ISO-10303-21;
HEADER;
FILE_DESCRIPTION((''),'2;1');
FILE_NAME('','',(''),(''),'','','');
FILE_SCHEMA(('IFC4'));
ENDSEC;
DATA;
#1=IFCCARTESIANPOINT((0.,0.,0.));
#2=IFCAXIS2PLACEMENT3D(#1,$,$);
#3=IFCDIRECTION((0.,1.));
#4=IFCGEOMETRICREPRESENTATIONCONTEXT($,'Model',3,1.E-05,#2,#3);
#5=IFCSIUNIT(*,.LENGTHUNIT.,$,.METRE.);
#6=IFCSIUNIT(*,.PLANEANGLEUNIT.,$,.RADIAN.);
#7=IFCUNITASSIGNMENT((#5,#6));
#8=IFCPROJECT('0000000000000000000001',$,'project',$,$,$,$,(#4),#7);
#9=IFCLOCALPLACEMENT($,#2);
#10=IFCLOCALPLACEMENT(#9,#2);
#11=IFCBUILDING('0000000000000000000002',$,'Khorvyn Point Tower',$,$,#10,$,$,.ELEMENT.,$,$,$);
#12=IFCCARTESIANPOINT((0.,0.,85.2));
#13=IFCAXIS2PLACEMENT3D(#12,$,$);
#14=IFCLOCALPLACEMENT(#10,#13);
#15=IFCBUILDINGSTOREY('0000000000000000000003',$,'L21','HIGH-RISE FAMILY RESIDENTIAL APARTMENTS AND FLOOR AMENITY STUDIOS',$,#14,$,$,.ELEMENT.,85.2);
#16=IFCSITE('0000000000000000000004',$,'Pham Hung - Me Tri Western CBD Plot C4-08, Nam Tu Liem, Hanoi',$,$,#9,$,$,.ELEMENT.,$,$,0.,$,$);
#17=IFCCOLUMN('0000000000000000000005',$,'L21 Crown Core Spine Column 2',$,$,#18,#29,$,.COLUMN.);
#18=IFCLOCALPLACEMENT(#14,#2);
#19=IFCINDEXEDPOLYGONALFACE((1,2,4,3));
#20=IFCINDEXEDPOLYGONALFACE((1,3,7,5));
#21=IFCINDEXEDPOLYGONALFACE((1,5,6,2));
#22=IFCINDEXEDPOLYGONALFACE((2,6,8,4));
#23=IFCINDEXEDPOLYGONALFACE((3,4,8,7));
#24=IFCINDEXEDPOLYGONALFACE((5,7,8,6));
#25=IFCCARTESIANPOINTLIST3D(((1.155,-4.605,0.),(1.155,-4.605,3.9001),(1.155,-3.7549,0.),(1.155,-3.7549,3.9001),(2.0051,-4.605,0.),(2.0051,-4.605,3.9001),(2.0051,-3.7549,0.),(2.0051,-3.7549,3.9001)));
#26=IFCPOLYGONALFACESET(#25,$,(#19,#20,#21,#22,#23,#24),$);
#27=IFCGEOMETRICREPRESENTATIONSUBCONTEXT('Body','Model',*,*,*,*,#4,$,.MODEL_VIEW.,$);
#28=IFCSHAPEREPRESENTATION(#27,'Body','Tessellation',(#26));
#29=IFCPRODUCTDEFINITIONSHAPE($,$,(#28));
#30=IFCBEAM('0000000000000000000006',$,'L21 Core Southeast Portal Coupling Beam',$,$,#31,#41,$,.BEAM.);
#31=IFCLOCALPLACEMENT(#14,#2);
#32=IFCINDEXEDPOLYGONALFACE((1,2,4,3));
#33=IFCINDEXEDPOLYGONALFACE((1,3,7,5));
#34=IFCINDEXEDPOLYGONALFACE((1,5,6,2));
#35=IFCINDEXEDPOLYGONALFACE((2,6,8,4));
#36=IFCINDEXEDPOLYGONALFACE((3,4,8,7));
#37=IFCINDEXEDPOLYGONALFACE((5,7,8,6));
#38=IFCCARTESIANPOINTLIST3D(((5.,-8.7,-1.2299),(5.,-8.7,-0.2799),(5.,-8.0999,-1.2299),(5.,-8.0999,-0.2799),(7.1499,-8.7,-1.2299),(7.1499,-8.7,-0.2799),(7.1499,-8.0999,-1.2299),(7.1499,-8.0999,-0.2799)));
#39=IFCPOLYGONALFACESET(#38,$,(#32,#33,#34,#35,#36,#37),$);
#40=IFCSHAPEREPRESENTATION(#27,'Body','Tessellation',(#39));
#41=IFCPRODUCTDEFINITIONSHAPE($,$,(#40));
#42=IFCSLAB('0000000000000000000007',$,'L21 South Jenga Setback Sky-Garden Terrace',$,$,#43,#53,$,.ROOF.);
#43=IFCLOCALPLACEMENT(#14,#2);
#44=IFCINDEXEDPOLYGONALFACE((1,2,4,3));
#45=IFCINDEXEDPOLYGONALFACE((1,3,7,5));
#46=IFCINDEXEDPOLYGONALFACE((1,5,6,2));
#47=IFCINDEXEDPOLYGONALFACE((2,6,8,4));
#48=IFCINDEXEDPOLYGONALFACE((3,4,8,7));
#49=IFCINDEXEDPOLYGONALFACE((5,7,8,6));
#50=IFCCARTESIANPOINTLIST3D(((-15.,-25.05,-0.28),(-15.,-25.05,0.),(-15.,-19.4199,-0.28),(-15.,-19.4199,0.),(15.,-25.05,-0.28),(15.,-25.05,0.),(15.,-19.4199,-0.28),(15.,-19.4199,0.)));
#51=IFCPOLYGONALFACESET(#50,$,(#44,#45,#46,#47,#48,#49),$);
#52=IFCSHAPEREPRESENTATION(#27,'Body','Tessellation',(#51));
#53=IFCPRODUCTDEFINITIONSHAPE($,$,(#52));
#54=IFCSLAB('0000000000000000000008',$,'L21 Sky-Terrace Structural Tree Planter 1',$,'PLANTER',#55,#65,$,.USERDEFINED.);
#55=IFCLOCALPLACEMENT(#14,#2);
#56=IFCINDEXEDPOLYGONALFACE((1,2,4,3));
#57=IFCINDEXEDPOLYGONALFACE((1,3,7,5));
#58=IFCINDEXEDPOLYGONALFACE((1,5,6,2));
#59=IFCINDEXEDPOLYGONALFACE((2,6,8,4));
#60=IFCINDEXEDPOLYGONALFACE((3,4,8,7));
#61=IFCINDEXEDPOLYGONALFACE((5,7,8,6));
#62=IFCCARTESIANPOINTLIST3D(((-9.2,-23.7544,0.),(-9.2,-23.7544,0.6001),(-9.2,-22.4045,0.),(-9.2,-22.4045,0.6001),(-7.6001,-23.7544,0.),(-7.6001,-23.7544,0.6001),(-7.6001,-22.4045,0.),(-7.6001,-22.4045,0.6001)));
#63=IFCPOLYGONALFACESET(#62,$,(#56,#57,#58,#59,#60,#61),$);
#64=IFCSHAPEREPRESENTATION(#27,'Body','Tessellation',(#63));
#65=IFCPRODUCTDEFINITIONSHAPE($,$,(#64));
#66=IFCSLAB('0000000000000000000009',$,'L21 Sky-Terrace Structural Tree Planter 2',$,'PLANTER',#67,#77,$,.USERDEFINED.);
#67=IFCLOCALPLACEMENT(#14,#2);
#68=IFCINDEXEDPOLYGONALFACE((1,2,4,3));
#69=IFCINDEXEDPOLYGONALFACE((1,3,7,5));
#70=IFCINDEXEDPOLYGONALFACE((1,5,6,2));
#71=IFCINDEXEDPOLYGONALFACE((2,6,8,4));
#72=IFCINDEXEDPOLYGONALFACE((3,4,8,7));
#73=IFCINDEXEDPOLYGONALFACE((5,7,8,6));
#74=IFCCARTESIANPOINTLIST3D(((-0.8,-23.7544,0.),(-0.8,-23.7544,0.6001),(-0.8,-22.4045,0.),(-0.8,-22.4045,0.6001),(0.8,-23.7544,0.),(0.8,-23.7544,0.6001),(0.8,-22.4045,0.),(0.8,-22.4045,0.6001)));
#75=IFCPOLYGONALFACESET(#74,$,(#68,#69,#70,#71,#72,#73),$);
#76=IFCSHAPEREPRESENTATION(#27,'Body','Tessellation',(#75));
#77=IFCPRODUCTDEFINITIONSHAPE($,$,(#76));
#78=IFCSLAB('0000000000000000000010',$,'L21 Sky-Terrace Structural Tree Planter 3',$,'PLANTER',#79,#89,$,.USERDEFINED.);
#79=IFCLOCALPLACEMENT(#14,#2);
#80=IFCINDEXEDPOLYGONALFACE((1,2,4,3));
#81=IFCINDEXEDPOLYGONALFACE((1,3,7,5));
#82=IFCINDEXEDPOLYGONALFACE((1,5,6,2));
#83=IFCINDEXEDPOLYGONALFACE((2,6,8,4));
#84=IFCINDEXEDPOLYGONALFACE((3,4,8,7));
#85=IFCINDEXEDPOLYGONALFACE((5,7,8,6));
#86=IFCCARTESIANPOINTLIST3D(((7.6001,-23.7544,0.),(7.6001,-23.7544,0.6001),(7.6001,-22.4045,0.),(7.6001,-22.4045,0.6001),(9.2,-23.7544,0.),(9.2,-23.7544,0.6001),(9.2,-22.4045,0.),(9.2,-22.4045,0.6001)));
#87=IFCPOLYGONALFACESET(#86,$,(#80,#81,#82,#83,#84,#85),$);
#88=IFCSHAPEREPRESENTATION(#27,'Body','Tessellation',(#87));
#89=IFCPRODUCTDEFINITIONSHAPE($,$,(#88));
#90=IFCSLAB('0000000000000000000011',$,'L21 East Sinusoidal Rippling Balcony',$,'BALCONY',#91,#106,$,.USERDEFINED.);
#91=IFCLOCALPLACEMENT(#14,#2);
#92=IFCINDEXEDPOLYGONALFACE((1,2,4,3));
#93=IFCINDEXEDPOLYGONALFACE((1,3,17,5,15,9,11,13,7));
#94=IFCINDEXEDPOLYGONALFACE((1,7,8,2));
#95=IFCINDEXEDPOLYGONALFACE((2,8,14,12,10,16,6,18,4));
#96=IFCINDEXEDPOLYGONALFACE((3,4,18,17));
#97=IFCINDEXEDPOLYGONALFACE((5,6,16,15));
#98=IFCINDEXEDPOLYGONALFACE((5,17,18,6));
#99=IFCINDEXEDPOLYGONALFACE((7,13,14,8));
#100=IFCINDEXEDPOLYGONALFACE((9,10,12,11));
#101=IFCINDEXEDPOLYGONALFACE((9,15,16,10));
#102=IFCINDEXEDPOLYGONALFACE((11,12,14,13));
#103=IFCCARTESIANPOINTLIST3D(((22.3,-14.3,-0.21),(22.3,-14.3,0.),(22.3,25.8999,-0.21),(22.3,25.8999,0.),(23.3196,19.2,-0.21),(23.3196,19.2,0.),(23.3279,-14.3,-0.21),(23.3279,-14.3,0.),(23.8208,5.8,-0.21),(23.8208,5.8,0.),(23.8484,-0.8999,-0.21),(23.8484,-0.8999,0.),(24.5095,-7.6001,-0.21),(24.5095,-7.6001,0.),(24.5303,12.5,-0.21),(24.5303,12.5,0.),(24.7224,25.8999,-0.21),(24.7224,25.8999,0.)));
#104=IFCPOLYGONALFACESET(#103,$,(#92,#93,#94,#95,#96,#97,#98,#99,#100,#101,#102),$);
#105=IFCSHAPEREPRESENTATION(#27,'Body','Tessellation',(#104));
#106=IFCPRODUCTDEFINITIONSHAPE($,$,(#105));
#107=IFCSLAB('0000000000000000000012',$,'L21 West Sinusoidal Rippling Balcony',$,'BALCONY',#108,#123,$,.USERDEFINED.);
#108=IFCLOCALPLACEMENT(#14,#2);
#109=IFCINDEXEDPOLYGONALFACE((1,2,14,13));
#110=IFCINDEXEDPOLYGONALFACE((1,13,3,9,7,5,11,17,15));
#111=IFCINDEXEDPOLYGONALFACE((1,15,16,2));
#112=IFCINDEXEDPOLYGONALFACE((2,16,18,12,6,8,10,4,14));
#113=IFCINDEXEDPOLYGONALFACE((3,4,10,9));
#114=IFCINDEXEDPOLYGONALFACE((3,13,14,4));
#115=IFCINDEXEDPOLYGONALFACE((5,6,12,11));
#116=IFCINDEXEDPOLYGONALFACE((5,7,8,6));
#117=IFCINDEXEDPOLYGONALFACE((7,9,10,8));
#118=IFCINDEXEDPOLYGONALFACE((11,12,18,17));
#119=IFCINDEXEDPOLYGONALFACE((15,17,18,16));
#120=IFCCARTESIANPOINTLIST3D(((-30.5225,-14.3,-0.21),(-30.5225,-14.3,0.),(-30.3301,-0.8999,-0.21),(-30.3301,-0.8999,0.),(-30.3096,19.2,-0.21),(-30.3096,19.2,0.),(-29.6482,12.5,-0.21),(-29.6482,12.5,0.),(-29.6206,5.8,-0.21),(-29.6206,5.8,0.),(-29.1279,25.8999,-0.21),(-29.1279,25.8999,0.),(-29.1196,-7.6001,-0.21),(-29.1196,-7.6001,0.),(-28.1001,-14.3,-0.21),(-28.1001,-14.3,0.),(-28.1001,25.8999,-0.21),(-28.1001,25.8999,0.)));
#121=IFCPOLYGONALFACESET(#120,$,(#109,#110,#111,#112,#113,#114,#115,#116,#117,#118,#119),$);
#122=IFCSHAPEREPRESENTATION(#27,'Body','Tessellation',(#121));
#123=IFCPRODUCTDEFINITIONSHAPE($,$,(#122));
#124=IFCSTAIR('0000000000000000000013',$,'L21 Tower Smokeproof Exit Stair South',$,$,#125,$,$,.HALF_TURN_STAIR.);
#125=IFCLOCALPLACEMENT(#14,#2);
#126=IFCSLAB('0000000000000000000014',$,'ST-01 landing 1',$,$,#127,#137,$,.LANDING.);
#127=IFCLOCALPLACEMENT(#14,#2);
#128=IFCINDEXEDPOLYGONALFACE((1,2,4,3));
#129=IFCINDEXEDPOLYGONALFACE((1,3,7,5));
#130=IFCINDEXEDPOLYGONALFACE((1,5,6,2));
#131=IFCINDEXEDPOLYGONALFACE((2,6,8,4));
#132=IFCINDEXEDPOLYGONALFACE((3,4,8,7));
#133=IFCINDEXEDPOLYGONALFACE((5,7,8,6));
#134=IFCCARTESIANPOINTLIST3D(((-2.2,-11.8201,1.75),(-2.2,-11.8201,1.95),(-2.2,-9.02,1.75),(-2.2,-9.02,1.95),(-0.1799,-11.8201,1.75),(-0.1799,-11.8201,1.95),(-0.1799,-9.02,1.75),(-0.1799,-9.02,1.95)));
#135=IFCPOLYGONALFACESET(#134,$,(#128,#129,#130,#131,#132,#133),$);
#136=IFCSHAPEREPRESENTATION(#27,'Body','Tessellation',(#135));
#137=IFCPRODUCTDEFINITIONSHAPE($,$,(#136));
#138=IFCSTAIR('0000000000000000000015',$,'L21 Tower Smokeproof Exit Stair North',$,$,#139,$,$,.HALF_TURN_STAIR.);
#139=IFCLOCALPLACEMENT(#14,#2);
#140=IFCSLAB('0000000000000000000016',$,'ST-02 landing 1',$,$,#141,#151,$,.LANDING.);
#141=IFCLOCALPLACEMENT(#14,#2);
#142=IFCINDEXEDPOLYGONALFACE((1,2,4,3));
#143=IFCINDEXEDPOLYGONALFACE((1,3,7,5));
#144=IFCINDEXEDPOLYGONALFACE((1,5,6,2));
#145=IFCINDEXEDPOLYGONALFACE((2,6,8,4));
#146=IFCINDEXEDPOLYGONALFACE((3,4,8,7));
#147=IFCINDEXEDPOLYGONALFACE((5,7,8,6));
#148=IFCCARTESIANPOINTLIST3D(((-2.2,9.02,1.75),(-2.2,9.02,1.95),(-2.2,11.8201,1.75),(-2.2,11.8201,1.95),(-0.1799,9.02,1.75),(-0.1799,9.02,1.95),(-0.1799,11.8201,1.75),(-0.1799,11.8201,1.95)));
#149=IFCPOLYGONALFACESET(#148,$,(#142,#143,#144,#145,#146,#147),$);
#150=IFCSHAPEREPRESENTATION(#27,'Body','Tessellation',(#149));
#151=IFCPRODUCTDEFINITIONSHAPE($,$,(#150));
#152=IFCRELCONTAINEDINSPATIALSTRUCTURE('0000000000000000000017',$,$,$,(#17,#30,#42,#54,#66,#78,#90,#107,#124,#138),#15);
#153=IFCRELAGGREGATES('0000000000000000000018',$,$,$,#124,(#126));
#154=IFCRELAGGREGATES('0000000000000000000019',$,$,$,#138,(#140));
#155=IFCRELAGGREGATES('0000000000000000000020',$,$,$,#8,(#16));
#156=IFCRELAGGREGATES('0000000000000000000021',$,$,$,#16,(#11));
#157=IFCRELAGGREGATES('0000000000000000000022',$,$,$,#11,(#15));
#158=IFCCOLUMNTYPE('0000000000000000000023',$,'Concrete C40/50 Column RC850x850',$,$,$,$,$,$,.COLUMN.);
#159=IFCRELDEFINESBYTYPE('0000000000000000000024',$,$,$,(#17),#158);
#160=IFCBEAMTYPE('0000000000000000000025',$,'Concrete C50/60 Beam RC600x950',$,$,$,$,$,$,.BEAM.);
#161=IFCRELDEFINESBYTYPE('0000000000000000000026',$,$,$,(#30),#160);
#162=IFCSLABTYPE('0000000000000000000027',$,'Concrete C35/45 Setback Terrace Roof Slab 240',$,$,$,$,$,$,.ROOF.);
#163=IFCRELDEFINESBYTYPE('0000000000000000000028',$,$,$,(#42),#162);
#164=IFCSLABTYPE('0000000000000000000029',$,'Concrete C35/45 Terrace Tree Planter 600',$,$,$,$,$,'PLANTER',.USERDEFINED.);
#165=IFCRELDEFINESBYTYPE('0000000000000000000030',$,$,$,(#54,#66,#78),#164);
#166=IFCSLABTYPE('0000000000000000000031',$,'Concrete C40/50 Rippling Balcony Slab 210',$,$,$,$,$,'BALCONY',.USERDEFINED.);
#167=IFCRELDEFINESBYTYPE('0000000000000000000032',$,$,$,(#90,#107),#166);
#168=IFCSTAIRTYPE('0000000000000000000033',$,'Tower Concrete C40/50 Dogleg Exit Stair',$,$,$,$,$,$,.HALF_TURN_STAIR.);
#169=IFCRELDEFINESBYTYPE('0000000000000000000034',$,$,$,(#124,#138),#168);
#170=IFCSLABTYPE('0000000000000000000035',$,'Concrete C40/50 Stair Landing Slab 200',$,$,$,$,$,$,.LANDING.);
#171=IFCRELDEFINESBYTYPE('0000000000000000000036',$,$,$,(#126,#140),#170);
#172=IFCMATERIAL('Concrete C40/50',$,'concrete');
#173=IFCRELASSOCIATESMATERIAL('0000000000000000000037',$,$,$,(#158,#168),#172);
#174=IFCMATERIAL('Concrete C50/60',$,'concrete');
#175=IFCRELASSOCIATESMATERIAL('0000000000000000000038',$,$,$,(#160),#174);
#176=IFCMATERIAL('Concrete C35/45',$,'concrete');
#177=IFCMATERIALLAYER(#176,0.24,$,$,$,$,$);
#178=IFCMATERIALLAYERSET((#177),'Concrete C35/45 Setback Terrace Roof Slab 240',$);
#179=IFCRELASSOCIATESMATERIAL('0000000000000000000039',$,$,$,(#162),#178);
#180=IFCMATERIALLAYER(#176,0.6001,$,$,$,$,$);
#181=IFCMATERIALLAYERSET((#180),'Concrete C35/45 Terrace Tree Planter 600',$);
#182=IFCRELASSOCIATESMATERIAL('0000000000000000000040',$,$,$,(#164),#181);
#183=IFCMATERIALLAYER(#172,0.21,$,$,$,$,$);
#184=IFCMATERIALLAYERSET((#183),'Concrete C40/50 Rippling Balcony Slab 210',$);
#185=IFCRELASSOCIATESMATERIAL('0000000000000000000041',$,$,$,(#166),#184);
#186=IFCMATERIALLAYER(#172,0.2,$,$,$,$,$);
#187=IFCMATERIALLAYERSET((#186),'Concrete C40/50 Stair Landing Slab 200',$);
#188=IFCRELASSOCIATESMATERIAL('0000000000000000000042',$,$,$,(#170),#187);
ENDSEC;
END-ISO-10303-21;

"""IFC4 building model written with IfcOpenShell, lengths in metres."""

from ifc_helpers import new_model, si_unit, direction, frame, origin, origin_2d, place, context, subcontext, project, spatial, polyline, rectangle, outline, extrude, material, layer, layer_set, material_profile, profile_set, type_object, element, aggregate, save


model = new_model("IFC4")

# Units and contexts
model_context = context("Model", 3, precision=1e-05, world=origin(), true_north=direction((0.0, 1.0)))
body_context = subcontext(model_context, "Body", "Model", "MODEL_VIEW")
ifc_project = project(units=[si_unit("LENGTHUNIT", "METRE"), si_unit("PLANEANGLEUNIT", "RADIAN")], contexts=[model_context])

# Site, building, storey
site_placement = place(None, origin())
site = spatial("IfcSite", under=ifc_project, at=site_placement, Name="Pham Hung - Me Tri Western CBD Plot C4-08, Nam Tu Liem, Hanoi", CompositionType="ELEMENT", RefElevation=0.0)
building_placement = place(site_placement, origin())
building = spatial("IfcBuilding", under=site, at=building_placement, Name="Khorvyn Point Tower", CompositionType="ELEMENT")
storey_placement = place(building_placement, frame((0.0, 0.0, 85.2)))
storey = spatial("IfcBuildingStorey", under=building, at=storey_placement, Name="L21", Description="HIGH-RISE FAMILY RESIDENTIAL APARTMENTS AND FLOOR AMENITY STUDIOS", CompositionType="ELEMENT", Elevation=85.2)

# Column
ifc_material_1 = material(Name="Concrete C40/50", Category="concrete")
ifc_material_profile_1 = material_profile(ifc_material_1, rectangle(XDim=0.8501, YDim=0.8501, at=origin_2d()))
ifc_profile_set_1 = profile_set([ifc_material_profile_1], Name="Concrete C40/50 RC850x850")
column_type = type_object("IfcColumnType", Name="Concrete C40/50 Column RC850x850", PredefinedType="COLUMN", material=ifc_profile_set_1)
column_placement = place(storey_placement, frame((1.5801, -4.1799, 0.0), z_axis=(0.0, 0.0, 1.0), x_axis=(1.0, 0.0, 0.0)))
element("IfcColumn", 1, at=column_placement, inside=storey, type_object=column_type, Name="L21 Crown Core Spine Column 2", PredefinedType="COLUMN", context=body_context, shape_type="SweptSolid", body=[
    extrude(rectangle(XDim=0.8501, YDim=0.8501, at=origin_2d()), origin(), (0.0, 0.0, 1.0), 3.9001),
])

# Beam
ifc_material_2 = material(Name="Concrete C50/60", Category="concrete")
ifc_material_profile_2 = material_profile(ifc_material_2, rectangle(XDim=0.6001, YDim=0.95, at=origin_2d()))
ifc_profile_set_2 = profile_set([ifc_material_profile_2], Name="Concrete C50/60 RC600x950")
beam_type = type_object("IfcBeamType", Name="Concrete C50/60 Beam RC600x950", PredefinedType="BEAM", material=ifc_profile_set_2)
beam_placement = place(storey_placement, frame((5.0, -8.3999, -0.7549), z_axis=(1.0, 0.0, 0.0), x_axis=(0.0, 1.0, 0.0)))
element("IfcBeam", 2, at=beam_placement, inside=storey, type_object=beam_type, Name="L21 Core Southeast Portal Coupling Beam", PredefinedType="BEAM", context=body_context, shape_type="SweptSolid", body=[
    extrude(rectangle(XDim=0.6001, YDim=0.95, at=origin_2d()), origin(), (0.0, 0.0, 1.0), 2.1499),
])

# Slabs
ifc_material_3 = material(Name="Concrete C35/45", Category="concrete")
ifc_layer_1 = layer(ifc_material_3, 0.24)
ifc_layer_set_1 = layer_set([ifc_layer_1], Name="Concrete C35/45 Setback Terrace Roof Slab 240")
slab_type_1 = type_object("IfcSlabType", Name="Concrete C35/45 Setback Terrace Roof Slab 240", PredefinedType="ROOF", material=ifc_layer_set_1)
slab_1_placement = place(storey_placement, frame((0.0, 0.0, -0.28)))
element("IfcSlab", 3, at=slab_1_placement, inside=storey, type_object=slab_type_1, Name="L21 South Jenga Setback Sky-Garden Terrace", PredefinedType="ROOF", context=body_context, shape_type="SweptSolid", body=[
    extrude(outline(polyline([(-15.0, -25.05), (15.0, -25.05), (15.0, -19.4199), (-15.0, -19.4199), (-15.0, -25.05)])), origin(), (0.0, 0.0, 1.0), 0.28),
])
ifc_layer_2 = layer(ifc_material_3, 0.6001)
ifc_layer_set_2 = layer_set([ifc_layer_2], Name="Concrete C35/45 Terrace Tree Planter 600")
slab_type_2 = type_object("IfcSlabType", Name="Concrete C35/45 Terrace Tree Planter 600", ElementType="PLANTER", PredefinedType="USERDEFINED", material=ifc_layer_set_2)
slab_2_placement = place(storey_placement, origin())
element("IfcSlab", 4, at=slab_2_placement, inside=storey, type_object=slab_type_2, Name="L21 Sky-Terrace Structural Tree Planter 1", ObjectType="PLANTER", PredefinedType="USERDEFINED", context=body_context, shape_type="SweptSolid", body=[
    extrude(outline(polyline([(-9.2, -23.7544), (-7.6001, -23.7544), (-7.6001, -22.4045), (-9.2, -22.4045), (-9.2, -23.7544)])), origin(), (0.0, 0.0, 1.0), 0.6001),
])
slab_3_placement = place(storey_placement, origin())
element("IfcSlab", 5, at=slab_3_placement, inside=storey, type_object=slab_type_2, Name="L21 Sky-Terrace Structural Tree Planter 2", ObjectType="PLANTER", PredefinedType="USERDEFINED", context=body_context, shape_type="SweptSolid", body=[
    extrude(outline(polyline([(-0.8, -23.7544), (0.8, -23.7544), (0.8, -22.4045), (-0.8, -22.4045), (-0.8, -23.7544)])), origin(), (0.0, 0.0, 1.0), 0.6001),
])
slab_4_placement = place(storey_placement, origin())
element("IfcSlab", 6, at=slab_4_placement, inside=storey, type_object=slab_type_2, Name="L21 Sky-Terrace Structural Tree Planter 3", ObjectType="PLANTER", PredefinedType="USERDEFINED", context=body_context, shape_type="SweptSolid", body=[
    extrude(outline(polyline([(7.6001, -23.7544), (9.2, -23.7544), (9.2, -22.4045), (7.6001, -22.4045), (7.6001, -23.7544)])), origin(), (0.0, 0.0, 1.0), 0.6001),
])
ifc_layer_3 = layer(ifc_material_1, 0.21)
ifc_layer_set_3 = layer_set([ifc_layer_3], Name="Concrete C40/50 Rippling Balcony Slab 210")
slab_type_3 = type_object("IfcSlabType", Name="Concrete C40/50 Rippling Balcony Slab 210", ElementType="BALCONY", PredefinedType="USERDEFINED", material=ifc_layer_set_3)
slab_5_placement = place(storey_placement, frame((0.0, 0.0, -0.21)))
element("IfcSlab", 7, at=slab_5_placement, inside=storey, type_object=slab_type_3, Name="L21 East Sinusoidal Rippling Balcony", ObjectType="BALCONY", PredefinedType="USERDEFINED", context=body_context, shape_type="SweptSolid", body=[
    extrude(outline(polyline([(22.3, -14.3), (23.3279, -14.3), (24.5095, -7.6001), (23.8484, -0.8999), (23.8208, 5.8), (24.5303, 12.5), (23.3196, 19.2), (24.7224, 25.8999), (22.3, 25.8999), (22.3, -14.3)])), origin(), (0.0, 0.0, 1.0), 0.21),
])
slab_6_placement = place(storey_placement, frame((0.0, 0.0, -0.21)))
element("IfcSlab", 8, at=slab_6_placement, inside=storey, type_object=slab_type_3, Name="L21 West Sinusoidal Rippling Balcony", ObjectType="BALCONY", PredefinedType="USERDEFINED", context=body_context, shape_type="SweptSolid", body=[
    extrude(outline(polyline([(-28.1001, 25.8999), (-29.1279, 25.8999), (-30.3096, 19.2), (-29.6482, 12.5), (-29.6206, 5.8), (-30.3301, -0.8999), (-29.1196, -7.6001), (-30.5225, -14.3), (-28.1001, -14.3), (-28.1001, 25.8999)])), origin(), (0.0, 0.0, 1.0), 0.21),
])

# Stairs, slabs
stair_type = type_object("IfcStairType", Name="Tower Concrete C40/50 Dogleg Exit Stair", PredefinedType="HALF_TURN_STAIR", material=ifc_material_1)
stair_1_placement = place(storey_placement, origin())
stair_1 = element("IfcStair", 9, at=stair_1_placement, inside=storey, type_object=stair_type, Name="L21 Tower Smokeproof Exit Stair South", PredefinedType="HALF_TURN_STAIR")
ifc_layer_4 = layer(ifc_material_1, 0.2)
ifc_layer_set_4 = layer_set([ifc_layer_4], Name="Concrete C40/50 Stair Landing Slab 200")
slab_type_4 = type_object("IfcSlabType", Name="Concrete C40/50 Stair Landing Slab 200", PredefinedType="LANDING", material=ifc_layer_set_4)
slab_7_placement = place(storey_placement, frame((0.0, 0.0, 1.75)))
slab_7 = element("IfcSlab", 10, at=slab_7_placement, type_object=slab_type_4, Name="ST-01 landing 1", PredefinedType="LANDING", context=body_context, shape_type="SweptSolid", body=[
    extrude(outline(polyline([(-0.1799, -9.02), (-2.2, -9.02), (-2.2, -11.8201), (-0.1799, -11.8201), (-0.1799, -9.02)])), origin(), (0.0, 0.0, 1.0), 0.2),
])
aggregate(stair_1, [slab_7])
stair_2_placement = place(storey_placement, origin())
stair_2 = element("IfcStair", 11, at=stair_2_placement, inside=storey, type_object=stair_type, Name="L21 Tower Smokeproof Exit Stair North", PredefinedType="HALF_TURN_STAIR")
slab_8_placement = place(storey_placement, frame((0.0, 0.0, 1.75)))
slab_8 = element("IfcSlab", 12, at=slab_8_placement, type_object=slab_type_4, Name="ST-02 landing 1", PredefinedType="LANDING", context=body_context, shape_type="SweptSolid", body=[
    extrude(outline(polyline([(-0.1799, 11.8201), (-2.2, 11.8201), (-2.2, 9.02), (-0.1799, 9.02), (-0.1799, 11.8201)])), origin(), (0.0, 0.0, 1.0), 0.2),
])
aggregate(stair_2, [slab_8])

save(model, "model.ifc")
